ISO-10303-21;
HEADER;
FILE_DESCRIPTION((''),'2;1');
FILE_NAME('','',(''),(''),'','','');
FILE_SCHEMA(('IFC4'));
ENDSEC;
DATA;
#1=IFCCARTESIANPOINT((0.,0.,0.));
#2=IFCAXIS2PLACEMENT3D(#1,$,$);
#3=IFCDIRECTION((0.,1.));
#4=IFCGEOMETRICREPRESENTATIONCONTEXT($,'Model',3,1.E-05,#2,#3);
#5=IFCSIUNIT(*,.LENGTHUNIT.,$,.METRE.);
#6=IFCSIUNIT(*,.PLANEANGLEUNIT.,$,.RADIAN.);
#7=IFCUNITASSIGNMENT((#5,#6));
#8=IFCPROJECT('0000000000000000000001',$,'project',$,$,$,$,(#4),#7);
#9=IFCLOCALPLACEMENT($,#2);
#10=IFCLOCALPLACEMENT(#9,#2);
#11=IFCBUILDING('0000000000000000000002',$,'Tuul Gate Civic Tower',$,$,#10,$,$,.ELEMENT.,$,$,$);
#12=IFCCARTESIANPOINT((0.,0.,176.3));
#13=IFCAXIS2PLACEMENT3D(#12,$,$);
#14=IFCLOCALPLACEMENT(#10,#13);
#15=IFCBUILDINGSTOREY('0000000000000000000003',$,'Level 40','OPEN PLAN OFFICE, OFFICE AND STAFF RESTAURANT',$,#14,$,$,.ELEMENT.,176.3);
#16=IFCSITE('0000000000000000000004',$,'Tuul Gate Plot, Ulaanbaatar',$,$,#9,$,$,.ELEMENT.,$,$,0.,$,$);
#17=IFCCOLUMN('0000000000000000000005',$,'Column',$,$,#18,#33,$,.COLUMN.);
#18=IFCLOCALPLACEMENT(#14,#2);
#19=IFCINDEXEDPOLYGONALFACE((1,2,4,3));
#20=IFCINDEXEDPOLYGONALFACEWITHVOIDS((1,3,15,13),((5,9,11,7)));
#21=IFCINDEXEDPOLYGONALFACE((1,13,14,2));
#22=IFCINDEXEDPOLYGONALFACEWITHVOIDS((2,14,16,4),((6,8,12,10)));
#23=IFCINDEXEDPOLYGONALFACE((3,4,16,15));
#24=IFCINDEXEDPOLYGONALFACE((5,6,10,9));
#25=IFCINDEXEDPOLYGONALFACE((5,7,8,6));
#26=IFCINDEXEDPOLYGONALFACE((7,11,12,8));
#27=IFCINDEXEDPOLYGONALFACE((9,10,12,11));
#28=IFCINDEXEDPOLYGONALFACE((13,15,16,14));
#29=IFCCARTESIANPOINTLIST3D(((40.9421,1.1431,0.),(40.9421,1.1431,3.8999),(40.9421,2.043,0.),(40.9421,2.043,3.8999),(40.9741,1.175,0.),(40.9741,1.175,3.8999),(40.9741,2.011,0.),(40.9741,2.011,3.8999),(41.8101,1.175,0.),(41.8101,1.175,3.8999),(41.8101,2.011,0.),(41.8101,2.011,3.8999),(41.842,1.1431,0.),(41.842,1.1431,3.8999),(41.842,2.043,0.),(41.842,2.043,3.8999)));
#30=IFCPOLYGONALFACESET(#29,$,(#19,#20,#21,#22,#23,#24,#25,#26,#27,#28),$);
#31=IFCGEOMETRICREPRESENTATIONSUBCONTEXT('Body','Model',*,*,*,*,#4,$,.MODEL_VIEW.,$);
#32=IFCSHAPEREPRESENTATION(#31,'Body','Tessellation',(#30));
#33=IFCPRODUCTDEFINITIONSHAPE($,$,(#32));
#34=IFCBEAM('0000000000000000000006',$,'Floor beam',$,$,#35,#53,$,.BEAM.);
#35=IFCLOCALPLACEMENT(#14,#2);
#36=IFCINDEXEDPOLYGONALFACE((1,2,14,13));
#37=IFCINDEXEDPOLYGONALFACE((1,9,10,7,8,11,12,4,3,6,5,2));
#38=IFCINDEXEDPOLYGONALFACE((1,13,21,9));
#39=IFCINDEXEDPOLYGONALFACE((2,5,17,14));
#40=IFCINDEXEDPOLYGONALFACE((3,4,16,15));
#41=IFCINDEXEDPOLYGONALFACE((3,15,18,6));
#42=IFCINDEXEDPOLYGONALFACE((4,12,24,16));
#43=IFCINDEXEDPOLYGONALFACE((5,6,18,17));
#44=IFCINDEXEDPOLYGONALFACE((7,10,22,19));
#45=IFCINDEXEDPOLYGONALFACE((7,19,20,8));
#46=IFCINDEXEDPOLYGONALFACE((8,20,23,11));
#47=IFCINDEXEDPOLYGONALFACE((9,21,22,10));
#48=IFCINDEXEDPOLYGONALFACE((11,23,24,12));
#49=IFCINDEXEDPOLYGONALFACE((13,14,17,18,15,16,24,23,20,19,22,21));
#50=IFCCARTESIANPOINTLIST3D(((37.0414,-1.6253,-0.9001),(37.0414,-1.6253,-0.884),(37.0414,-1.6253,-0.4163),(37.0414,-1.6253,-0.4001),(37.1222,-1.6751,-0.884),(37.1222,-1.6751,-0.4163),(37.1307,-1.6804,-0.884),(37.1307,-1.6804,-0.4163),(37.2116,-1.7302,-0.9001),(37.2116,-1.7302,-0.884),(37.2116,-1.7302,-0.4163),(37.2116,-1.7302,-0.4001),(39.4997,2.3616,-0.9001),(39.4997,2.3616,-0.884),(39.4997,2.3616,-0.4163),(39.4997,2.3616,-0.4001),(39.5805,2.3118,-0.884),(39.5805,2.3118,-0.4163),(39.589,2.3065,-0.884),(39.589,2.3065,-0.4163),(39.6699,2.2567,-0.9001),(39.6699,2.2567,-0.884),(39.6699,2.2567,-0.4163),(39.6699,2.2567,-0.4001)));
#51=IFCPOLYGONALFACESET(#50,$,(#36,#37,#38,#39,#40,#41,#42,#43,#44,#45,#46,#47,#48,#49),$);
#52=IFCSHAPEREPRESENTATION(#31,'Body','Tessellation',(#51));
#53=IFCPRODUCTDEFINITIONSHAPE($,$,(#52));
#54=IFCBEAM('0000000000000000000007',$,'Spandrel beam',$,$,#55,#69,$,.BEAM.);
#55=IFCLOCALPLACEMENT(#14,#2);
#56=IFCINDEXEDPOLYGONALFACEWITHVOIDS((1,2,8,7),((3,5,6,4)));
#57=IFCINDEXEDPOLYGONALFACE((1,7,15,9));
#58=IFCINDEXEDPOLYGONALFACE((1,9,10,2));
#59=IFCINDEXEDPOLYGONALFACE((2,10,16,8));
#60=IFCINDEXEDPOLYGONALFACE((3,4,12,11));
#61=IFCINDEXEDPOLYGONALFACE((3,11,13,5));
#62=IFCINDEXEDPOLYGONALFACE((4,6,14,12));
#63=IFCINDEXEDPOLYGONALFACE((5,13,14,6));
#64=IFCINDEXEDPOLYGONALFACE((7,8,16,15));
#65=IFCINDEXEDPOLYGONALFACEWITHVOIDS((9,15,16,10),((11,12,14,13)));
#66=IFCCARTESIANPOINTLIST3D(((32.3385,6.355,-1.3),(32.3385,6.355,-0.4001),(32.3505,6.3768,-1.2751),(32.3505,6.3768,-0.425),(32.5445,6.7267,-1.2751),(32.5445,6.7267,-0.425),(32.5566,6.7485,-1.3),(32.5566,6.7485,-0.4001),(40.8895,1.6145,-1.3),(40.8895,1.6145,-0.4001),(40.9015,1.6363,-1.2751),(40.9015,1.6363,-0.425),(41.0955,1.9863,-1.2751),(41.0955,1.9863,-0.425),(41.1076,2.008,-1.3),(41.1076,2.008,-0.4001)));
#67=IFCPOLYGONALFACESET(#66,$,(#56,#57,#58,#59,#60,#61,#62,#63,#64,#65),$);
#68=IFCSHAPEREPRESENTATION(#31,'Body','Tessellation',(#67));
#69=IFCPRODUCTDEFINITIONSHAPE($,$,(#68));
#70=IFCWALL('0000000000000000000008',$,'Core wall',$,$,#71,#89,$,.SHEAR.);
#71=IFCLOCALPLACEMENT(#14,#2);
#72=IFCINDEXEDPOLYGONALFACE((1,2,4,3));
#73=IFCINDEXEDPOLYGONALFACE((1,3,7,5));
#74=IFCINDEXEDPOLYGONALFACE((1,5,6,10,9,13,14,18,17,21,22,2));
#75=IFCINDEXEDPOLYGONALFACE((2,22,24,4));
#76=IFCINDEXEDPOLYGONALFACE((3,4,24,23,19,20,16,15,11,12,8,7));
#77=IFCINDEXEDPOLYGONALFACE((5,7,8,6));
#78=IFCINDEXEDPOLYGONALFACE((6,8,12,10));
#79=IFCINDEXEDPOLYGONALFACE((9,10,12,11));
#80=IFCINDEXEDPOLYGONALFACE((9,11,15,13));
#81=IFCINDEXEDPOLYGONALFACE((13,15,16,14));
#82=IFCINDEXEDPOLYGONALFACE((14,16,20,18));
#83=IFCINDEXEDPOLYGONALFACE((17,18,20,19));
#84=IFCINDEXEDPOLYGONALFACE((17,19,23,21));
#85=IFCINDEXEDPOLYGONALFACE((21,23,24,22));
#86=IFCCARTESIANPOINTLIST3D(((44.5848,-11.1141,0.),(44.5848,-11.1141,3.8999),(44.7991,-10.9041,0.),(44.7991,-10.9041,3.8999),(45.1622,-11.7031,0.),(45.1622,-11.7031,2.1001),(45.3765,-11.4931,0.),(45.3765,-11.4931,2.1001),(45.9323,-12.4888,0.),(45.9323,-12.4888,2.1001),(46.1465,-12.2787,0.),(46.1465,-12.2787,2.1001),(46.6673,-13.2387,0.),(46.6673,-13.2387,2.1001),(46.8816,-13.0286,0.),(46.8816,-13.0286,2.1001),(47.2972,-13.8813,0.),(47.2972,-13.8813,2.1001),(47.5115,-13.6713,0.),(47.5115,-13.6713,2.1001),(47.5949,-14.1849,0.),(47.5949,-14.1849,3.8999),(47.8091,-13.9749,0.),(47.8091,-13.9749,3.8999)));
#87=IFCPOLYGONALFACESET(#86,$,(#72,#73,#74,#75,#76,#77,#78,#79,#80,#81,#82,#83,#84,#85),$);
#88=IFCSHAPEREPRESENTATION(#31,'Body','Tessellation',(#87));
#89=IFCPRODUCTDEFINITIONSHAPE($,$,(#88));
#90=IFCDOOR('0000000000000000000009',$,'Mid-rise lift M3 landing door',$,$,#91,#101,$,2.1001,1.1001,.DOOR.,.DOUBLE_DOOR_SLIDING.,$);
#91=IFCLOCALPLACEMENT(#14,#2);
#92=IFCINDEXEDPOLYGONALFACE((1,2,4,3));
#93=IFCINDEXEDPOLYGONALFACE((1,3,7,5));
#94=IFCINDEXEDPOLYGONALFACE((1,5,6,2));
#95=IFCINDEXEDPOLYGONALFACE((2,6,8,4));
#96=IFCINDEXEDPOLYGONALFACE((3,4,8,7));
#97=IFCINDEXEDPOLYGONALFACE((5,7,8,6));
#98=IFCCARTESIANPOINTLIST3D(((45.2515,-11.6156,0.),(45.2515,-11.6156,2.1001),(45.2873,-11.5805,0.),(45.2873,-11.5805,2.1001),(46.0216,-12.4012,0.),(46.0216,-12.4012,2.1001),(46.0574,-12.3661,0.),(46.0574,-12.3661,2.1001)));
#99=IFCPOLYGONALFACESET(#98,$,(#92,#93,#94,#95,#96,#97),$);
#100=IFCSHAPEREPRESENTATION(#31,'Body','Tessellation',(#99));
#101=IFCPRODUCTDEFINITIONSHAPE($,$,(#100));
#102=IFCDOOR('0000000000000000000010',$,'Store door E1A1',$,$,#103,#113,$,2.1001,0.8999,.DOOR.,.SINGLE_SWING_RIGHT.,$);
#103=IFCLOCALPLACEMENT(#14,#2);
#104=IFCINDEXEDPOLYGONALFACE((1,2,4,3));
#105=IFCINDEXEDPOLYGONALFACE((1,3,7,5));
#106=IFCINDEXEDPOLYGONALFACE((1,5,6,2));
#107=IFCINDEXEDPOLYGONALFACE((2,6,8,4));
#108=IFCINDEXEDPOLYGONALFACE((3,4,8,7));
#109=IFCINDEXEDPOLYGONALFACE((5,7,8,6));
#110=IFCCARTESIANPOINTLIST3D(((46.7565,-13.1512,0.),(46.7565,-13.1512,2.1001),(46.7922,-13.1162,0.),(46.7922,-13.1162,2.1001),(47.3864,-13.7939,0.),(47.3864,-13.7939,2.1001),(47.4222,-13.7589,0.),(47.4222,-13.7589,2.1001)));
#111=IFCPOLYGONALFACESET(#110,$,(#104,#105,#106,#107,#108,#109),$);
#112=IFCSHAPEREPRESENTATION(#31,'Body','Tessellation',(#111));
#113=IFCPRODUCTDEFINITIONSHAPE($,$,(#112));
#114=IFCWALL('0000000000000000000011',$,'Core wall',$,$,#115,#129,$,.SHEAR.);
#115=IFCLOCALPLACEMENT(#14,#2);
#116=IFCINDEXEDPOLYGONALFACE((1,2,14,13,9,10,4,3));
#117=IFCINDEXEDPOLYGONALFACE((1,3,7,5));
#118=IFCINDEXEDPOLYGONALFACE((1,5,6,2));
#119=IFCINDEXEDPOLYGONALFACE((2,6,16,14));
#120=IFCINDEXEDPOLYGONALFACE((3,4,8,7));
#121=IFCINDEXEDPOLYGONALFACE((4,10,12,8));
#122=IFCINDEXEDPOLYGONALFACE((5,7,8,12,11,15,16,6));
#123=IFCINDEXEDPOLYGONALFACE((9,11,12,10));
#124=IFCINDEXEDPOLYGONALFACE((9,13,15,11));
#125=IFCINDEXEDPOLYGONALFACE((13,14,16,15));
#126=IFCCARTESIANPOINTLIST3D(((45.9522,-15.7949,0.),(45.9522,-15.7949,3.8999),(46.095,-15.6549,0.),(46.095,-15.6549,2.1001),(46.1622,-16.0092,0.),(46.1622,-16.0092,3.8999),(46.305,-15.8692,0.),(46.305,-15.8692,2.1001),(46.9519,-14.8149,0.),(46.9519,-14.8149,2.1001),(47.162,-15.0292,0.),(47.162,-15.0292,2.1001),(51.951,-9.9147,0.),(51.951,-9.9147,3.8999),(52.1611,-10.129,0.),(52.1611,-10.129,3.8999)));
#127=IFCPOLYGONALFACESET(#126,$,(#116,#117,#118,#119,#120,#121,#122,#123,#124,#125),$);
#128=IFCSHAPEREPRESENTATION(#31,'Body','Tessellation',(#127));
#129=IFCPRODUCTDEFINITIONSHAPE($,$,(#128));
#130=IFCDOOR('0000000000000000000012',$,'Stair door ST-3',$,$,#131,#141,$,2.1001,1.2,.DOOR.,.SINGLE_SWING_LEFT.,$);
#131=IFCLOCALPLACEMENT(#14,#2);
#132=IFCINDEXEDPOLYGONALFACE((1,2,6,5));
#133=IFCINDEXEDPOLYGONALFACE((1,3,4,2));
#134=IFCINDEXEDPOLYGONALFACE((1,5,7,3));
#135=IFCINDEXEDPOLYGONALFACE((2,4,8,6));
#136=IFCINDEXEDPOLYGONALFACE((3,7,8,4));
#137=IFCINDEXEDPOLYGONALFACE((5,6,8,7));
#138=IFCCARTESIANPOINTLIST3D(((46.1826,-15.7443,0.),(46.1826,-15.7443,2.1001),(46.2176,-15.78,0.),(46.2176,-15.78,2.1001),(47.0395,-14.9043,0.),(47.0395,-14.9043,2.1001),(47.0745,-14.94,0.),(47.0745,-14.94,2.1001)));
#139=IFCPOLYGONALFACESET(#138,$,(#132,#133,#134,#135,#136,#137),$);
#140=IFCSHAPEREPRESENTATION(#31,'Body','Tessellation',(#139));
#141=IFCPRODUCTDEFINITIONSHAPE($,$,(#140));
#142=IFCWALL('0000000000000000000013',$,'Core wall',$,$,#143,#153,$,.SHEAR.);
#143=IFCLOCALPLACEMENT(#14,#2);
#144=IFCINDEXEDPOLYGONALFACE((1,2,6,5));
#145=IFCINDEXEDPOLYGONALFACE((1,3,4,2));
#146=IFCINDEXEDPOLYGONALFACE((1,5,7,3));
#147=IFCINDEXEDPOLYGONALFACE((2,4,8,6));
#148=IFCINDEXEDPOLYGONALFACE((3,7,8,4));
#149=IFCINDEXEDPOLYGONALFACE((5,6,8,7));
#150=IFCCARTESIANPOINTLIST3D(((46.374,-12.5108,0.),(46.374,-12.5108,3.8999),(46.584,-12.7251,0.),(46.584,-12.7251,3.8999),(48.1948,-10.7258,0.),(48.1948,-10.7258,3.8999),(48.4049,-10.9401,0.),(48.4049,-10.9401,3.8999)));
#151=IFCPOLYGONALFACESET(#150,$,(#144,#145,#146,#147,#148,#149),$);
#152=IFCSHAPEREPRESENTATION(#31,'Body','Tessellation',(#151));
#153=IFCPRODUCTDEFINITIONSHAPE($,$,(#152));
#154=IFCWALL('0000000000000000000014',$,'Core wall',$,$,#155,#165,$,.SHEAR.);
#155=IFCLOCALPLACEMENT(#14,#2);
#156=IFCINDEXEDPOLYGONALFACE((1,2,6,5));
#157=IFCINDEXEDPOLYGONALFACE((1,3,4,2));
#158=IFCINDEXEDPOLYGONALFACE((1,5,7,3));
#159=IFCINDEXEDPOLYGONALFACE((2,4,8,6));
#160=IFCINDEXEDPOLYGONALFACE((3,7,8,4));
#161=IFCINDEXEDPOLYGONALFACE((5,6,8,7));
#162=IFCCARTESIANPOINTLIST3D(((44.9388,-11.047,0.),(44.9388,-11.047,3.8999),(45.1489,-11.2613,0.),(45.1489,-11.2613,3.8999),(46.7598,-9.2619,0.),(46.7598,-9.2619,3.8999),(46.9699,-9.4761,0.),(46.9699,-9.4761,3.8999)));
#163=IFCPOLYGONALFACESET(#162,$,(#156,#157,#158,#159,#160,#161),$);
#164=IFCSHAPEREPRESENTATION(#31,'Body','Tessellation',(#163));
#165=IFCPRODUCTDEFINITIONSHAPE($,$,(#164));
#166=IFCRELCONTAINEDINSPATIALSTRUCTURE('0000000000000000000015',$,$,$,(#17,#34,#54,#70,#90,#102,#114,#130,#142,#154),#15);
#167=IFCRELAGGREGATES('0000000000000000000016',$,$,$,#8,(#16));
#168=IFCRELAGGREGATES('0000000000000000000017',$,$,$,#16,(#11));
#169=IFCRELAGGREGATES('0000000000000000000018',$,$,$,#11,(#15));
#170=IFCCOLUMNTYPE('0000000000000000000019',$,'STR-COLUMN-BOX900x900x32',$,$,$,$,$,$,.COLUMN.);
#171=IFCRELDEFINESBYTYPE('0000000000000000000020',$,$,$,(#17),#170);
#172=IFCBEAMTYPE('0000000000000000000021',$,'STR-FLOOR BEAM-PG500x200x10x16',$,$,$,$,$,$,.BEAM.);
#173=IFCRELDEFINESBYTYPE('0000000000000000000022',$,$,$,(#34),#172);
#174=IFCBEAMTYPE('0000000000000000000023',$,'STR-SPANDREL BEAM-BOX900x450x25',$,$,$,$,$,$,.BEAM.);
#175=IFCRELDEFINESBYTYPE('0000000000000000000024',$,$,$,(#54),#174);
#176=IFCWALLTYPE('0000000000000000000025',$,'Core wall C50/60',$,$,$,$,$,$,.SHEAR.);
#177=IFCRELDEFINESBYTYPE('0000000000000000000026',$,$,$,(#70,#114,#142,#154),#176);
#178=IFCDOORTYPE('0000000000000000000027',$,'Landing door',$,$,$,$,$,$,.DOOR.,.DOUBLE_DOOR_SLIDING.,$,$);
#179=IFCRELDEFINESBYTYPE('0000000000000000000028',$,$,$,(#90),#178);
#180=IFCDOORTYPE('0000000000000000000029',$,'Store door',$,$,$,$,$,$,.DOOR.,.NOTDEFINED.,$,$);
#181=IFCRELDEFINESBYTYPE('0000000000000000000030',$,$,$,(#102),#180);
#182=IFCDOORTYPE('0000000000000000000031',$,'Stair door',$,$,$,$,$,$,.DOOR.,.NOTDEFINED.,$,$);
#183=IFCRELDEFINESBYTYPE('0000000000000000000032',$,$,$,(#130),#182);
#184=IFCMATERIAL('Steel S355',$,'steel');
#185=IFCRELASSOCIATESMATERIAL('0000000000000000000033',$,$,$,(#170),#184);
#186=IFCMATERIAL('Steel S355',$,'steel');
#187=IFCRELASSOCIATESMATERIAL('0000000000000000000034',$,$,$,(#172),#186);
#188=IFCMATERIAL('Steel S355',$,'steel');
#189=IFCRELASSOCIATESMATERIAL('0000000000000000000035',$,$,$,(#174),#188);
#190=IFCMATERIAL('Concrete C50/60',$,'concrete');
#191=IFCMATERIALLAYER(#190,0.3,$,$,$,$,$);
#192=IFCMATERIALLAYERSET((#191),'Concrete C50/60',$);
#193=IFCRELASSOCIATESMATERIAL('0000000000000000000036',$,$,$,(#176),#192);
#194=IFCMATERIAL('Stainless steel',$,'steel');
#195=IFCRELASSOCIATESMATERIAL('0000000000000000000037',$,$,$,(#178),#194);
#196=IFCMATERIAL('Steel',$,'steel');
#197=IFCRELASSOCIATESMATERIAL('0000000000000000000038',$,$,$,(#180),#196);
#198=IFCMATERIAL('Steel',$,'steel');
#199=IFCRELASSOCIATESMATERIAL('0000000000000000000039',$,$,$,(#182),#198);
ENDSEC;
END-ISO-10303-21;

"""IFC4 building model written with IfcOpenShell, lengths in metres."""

from ifc_helpers import new_model, si_unit, direction, frame, frame_2d, origin, origin_2d, place, context, subcontext, project, spatial, rectangle, hollow_rectangle, i_section, extrude, material, layer, layer_set, material_profile, profile_set, type_object, element, fill, save


model = new_model("IFC4")

# Units and contexts
model_context = context("Model", 3, precision=1e-05, world=origin(), true_north=direction((0.0, 1.0)))
body_context = subcontext(model_context, "Body", "Model", "MODEL_VIEW")
ifc_project = project(units=[si_unit("LENGTHUNIT", "METRE"), si_unit("PLANEANGLEUNIT", "RADIAN")], contexts=[model_context])

# Site, building, storey
site_placement = place(None, origin())
site = spatial("IfcSite", under=ifc_project, at=site_placement, Name="Tuul Gate Plot, Ulaanbaatar", CompositionType="ELEMENT", RefElevation=0.0)
building_placement = place(site_placement, origin())
building = spatial("IfcBuilding", under=site, at=building_placement, Name="Tuul Gate Civic Tower", CompositionType="ELEMENT")
storey_placement = place(building_placement, frame((0.0, 0.0, 176.3)))
storey = spatial("IfcBuildingStorey", under=building, at=storey_placement, Name="Level 40", Description="OPEN PLAN OFFICE, OFFICE AND STAFF RESTAURANT", CompositionType="ELEMENT", Elevation=176.3)

# Column
ifc_material_1 = material(Name="Steel S355", Category="steel")
ifc_material_profile_1 = material_profile(ifc_material_1, hollow_rectangle(XDim=0.8999, YDim=0.8999, WallThickness=0.032, at=origin_2d()), Name="BOX900x900x32")
ifc_profile_set_1 = profile_set([ifc_material_profile_1], Name="Steel S355")
column_type = type_object("IfcColumnType", Name="STR-COLUMN-BOX900x900x32", PredefinedType="COLUMN", material=ifc_profile_set_1)
column_placement = place(storey_placement, frame((41.3921, 1.593, 0.0), z_axis=(0.0, 0.0, 1.0), x_axis=(1.0, 0.0, 0.0)))
element("IfcColumn", 1, at=column_placement, inside=storey, type_object=column_type, Name="Column", PredefinedType="COLUMN", context=body_context, shape_type="SweptSolid", body=[
    extrude(hollow_rectangle(XDim=0.8999, YDim=0.8999, WallThickness=0.032, at=origin_2d()), origin(), (0.0, 0.0, 1.0), 3.8999),
])

# Beams
ifc_material_2 = material(Name="Steel S355", Category="steel")
ifc_material_profile_2 = material_profile(ifc_material_2, i_section(OverallWidth=0.2, OverallDepth=0.5, WebThickness=0.01, FlangeThickness=0.0161, at=origin_2d()), Name="PG500x200x10x16")
ifc_profile_set_2 = profile_set([ifc_material_profile_2], Name="Steel S355")
beam_type_1 = type_object("IfcBeamType", Name="STR-FLOOR BEAM-PG500x200x10x16", PredefinedType="BEAM", material=ifc_profile_set_2)
beam_1_placement = place(storey_placement, frame((37.1265, -1.6777, -0.6501), z_axis=(0.524845, 0.851198, 0.0), x_axis=(-0.851198, 0.524845, 0.0)))
element("IfcBeam", 2, at=beam_1_placement, inside=storey, type_object=beam_type_1, Name="Floor beam", PredefinedType="BEAM", context=body_context, shape_type="SweptSolid", body=[
    extrude(i_section(OverallWidth=0.2, OverallDepth=0.5, WebThickness=0.01, FlangeThickness=0.0161, at=origin_2d()), origin(), (0.0, 0.0, 1.0), 4.6838),
])
ifc_material_3 = material(Name="Steel S355", Category="steel")
ifc_material_profile_3 = material_profile(ifc_material_3, hollow_rectangle(XDim=0.45, YDim=0.8999, WallThickness=0.0249, at=origin_2d()), Name="BOX900x450x25")
ifc_profile_set_3 = profile_set([ifc_material_profile_3], Name="Steel S355")
beam_type_2 = type_object("IfcBeamType", Name="STR-SPANDREL BEAM-BOX900x450x25", PredefinedType="BEAM", material=ifc_profile_set_3)
beam_2_placement = place(storey_placement, frame((40.9985, 1.8113, -0.8501), z_axis=(-0.874595, 0.484854, 0.0), x_axis=(-0.484854, -0.874595, 0.0)))
element("IfcBeam", 3, at=beam_2_placement, inside=storey, type_object=beam_type_2, Name="Spandrel beam", PredefinedType="BEAM", context=body_context, shape_type="SweptSolid", body=[
    extrude(hollow_rectangle(XDim=0.45, YDim=0.8999, WallThickness=0.0249, at=origin_2d()), origin(), (0.0, 0.0, 1.0), 9.7771),
])

# Wall, openings, doors
ifc_material_4 = material(Name="Concrete C50/60", Category="concrete")
ifc_layer_1 = layer(ifc_material_4, 0.3)
ifc_layer_set_1 = layer_set([ifc_layer_1], Name="Concrete C50/60")
wall_type_1 = type_object("IfcWallType", Name="Core wall C50/60", PredefinedType="SHEAR", material=ifc_layer_set_1)
wall_1_placement = place(storey_placement, frame((47.7019, -14.0798, 0.0), z_axis=(0.0, 0.0, 1.0), x_axis=(-0.700003, 0.71414, 0.0)))
wall_1 = element("IfcWall", 4, at=wall_1_placement, inside=storey, type_object=wall_type_1, Name="Core wall", PredefinedType="SHEAR", context=body_context, shape_type="SweptSolid", body=[
    extrude(rectangle(XDim=4.3, YDim=0.3, at=frame_2d((2.1499, 0.0))), origin(), (0.0, 0.0, 1.0), 3.8999),
])
opening_1_placement = place(wall_1_placement, frame((0.425, 0.0, 0.0)))
opening_1 = element("IfcOpeningElement", 5, at=opening_1_placement, cuts=wall_1, PredefinedType="OPENING", context=body_context, shape_type="SweptSolid", body=[
    extrude(rectangle(XDim=0.8999, YDim=2.1001, at=frame_2d((0.45, 1.05))), frame((0.0, 0.1602, 0.0), z_axis=(0.0, -1.0, 0.0), x_axis=(1.0, 0.0, 0.0)), (0.0, 0.0, 1.0), 0.3201),
])
opening_2_placement = place(wall_1_placement, frame((2.375, 0.0, 0.0)))
opening_2 = element("IfcOpeningElement", 6, at=opening_2_placement, cuts=wall_1, PredefinedType="OPENING", context=body_context, shape_type="SweptSolid", body=[
    extrude(rectangle(XDim=1.1001, YDim=2.1001, at=frame_2d((0.55, 1.05))), frame((0.0, 0.1602, 0.0), z_axis=(0.0, -1.0, 0.0), x_axis=(1.0, 0.0, 0.0)), (0.0, 0.0, 1.0), 0.3201),
])
ifc_material_5 = material(Name="Stainless steel", Category="steel")
door_type_1 = type_object("IfcDoorType", Name="Landing door", OperationType="DOUBLE_DOOR_SLIDING", PredefinedType="DOOR", material=ifc_material_5)
door_1_placement = place(opening_2_placement, origin())
door_1 = element("IfcDoor", 7, at=door_1_placement, inside=storey, type_object=door_type_1, Name="Mid-rise lift M3 landing door", OperationType="DOUBLE_DOOR_SLIDING", OverallHeight=2.1001, OverallWidth=1.1001, PredefinedType="DOOR", context=body_context, shape_type="SweptSolid", body=[
    extrude(rectangle(XDim=1.1001, YDim=2.1001, at=frame_2d((0.55, 1.05))), frame((0.0, 0.0249, 0.0), z_axis=(0.0, -1.0, 0.0), x_axis=(1.0, 0.0, 0.0)), (0.0, 0.0, 1.0), 0.05),
])
fill(opening_2, door_1)
ifc_material_6 = material(Name="Steel", Category="steel")
door_type_2 = type_object("IfcDoorType", Name="Store door", OperationType="NOTDEFINED", PredefinedType="DOOR", material=ifc_material_6)
door_2_placement = place(opening_1_placement, frame((0.8999, 0.0, 0.0), z_axis=(0.0, 0.0, 1.0), x_axis=(-1.0, 0.0, 0.0)))
door_2 = element("IfcDoor", 8, at=door_2_placement, inside=storey, type_object=door_type_2, Name="Store door E1A1", OperationType="SINGLE_SWING_RIGHT", OverallHeight=2.1001, OverallWidth=0.8999, PredefinedType="DOOR", context=body_context, shape_type="SweptSolid", body=[
    extrude(rectangle(XDim=0.8999, YDim=2.1001, at=frame_2d((0.45, 1.05))), frame((0.0, 0.0249, 0.0), z_axis=(0.0, -1.0, 0.0), x_axis=(1.0, 0.0, 0.0)), (0.0, 0.0, 1.0), 0.05),
])
fill(opening_1, door_2)

# Wall, opening, door
wall_2_placement = place(storey_placement, frame((46.0571, -15.9021, 0.0), z_axis=(0.0, 0.0, 1.0), x_axis=(0.714134, 0.700009, 0.0)))
wall_2 = element("IfcWall", 9, at=wall_2_placement, inside=storey, type_object=wall_type_1, Name="Core wall", PredefinedType="SHEAR", context=body_context, shape_type="SweptSolid", body=[
    extrude(rectangle(XDim=8.4001, YDim=0.3, at=frame_2d((4.2002, 0.0))), origin(), (0.0, 0.0, 1.0), 3.8999),
])
opening_3_placement = place(wall_2_placement, frame((0.2, 0.0, 0.0)))
opening_3 = element("IfcOpeningElement", 10, at=opening_3_placement, cuts=wall_2, PredefinedType="OPENING", context=body_context, shape_type="SweptSolid", body=[
    extrude(rectangle(XDim=1.2, YDim=2.1001, at=frame_2d((0.6001, 1.05))), frame((0.0, 0.1602, 0.0), z_axis=(0.0, -1.0, 0.0), x_axis=(1.0, 0.0, 0.0)), (0.0, 0.0, 1.0), 0.3201),
])
ifc_material_7 = material(Name="Steel", Category="steel")
door_type_3 = type_object("IfcDoorType", Name="Stair door", OperationType="NOTDEFINED", PredefinedType="DOOR", material=ifc_material_7)
door_3_placement = place(opening_3_placement, origin())
door_3 = element("IfcDoor", 11, at=door_3_placement, inside=storey, type_object=door_type_3, Name="Stair door ST-3", OperationType="SINGLE_SWING_LEFT", OverallHeight=2.1001, OverallWidth=1.2, PredefinedType="DOOR", context=body_context, shape_type="SweptSolid", body=[
    extrude(rectangle(XDim=1.2, YDim=2.1001, at=frame_2d((0.6001, 1.05))), frame((0.0, 0.0249, 0.0), z_axis=(0.0, -1.0, 0.0), x_axis=(1.0, 0.0, 0.0)), (0.0, 0.0, 1.0), 0.05),
])
fill(opening_3, door_3)

# Walls
wall_3_placement = place(storey_placement, frame((46.479, -12.6179, 0.0), z_axis=(0.0, 0.0, 1.0), x_axis=(0.714109, 0.700034, 0.0)))
element("IfcWall", 12, at=wall_3_placement, inside=storey, type_object=wall_type_1, Name="Core wall", PredefinedType="SHEAR", context=body_context, shape_type="SweptSolid", body=[
    extrude(rectangle(XDim=2.5498, YDim=0.3, at=frame_2d((1.2749, 0.0))), origin(), (0.0, 0.0, 1.0), 3.8999),
])
wall_4_placement = place(storey_placement, frame((45.0439, -11.1541, 0.0), z_axis=(0.0, 0.0, 1.0), x_axis=(0.714108, 0.700035, 0.0)))
element("IfcWall", 13, at=wall_4_placement, inside=storey, type_object=wall_type_1, Name="Core wall", PredefinedType="SHEAR", context=body_context, shape_type="SweptSolid", body=[
    extrude(rectangle(XDim=2.55, YDim=0.3, at=frame_2d((1.2749, 0.0))), origin(), (0.0, 0.0, 1.0), 3.8999),
])

save(model, "model.ifc")
